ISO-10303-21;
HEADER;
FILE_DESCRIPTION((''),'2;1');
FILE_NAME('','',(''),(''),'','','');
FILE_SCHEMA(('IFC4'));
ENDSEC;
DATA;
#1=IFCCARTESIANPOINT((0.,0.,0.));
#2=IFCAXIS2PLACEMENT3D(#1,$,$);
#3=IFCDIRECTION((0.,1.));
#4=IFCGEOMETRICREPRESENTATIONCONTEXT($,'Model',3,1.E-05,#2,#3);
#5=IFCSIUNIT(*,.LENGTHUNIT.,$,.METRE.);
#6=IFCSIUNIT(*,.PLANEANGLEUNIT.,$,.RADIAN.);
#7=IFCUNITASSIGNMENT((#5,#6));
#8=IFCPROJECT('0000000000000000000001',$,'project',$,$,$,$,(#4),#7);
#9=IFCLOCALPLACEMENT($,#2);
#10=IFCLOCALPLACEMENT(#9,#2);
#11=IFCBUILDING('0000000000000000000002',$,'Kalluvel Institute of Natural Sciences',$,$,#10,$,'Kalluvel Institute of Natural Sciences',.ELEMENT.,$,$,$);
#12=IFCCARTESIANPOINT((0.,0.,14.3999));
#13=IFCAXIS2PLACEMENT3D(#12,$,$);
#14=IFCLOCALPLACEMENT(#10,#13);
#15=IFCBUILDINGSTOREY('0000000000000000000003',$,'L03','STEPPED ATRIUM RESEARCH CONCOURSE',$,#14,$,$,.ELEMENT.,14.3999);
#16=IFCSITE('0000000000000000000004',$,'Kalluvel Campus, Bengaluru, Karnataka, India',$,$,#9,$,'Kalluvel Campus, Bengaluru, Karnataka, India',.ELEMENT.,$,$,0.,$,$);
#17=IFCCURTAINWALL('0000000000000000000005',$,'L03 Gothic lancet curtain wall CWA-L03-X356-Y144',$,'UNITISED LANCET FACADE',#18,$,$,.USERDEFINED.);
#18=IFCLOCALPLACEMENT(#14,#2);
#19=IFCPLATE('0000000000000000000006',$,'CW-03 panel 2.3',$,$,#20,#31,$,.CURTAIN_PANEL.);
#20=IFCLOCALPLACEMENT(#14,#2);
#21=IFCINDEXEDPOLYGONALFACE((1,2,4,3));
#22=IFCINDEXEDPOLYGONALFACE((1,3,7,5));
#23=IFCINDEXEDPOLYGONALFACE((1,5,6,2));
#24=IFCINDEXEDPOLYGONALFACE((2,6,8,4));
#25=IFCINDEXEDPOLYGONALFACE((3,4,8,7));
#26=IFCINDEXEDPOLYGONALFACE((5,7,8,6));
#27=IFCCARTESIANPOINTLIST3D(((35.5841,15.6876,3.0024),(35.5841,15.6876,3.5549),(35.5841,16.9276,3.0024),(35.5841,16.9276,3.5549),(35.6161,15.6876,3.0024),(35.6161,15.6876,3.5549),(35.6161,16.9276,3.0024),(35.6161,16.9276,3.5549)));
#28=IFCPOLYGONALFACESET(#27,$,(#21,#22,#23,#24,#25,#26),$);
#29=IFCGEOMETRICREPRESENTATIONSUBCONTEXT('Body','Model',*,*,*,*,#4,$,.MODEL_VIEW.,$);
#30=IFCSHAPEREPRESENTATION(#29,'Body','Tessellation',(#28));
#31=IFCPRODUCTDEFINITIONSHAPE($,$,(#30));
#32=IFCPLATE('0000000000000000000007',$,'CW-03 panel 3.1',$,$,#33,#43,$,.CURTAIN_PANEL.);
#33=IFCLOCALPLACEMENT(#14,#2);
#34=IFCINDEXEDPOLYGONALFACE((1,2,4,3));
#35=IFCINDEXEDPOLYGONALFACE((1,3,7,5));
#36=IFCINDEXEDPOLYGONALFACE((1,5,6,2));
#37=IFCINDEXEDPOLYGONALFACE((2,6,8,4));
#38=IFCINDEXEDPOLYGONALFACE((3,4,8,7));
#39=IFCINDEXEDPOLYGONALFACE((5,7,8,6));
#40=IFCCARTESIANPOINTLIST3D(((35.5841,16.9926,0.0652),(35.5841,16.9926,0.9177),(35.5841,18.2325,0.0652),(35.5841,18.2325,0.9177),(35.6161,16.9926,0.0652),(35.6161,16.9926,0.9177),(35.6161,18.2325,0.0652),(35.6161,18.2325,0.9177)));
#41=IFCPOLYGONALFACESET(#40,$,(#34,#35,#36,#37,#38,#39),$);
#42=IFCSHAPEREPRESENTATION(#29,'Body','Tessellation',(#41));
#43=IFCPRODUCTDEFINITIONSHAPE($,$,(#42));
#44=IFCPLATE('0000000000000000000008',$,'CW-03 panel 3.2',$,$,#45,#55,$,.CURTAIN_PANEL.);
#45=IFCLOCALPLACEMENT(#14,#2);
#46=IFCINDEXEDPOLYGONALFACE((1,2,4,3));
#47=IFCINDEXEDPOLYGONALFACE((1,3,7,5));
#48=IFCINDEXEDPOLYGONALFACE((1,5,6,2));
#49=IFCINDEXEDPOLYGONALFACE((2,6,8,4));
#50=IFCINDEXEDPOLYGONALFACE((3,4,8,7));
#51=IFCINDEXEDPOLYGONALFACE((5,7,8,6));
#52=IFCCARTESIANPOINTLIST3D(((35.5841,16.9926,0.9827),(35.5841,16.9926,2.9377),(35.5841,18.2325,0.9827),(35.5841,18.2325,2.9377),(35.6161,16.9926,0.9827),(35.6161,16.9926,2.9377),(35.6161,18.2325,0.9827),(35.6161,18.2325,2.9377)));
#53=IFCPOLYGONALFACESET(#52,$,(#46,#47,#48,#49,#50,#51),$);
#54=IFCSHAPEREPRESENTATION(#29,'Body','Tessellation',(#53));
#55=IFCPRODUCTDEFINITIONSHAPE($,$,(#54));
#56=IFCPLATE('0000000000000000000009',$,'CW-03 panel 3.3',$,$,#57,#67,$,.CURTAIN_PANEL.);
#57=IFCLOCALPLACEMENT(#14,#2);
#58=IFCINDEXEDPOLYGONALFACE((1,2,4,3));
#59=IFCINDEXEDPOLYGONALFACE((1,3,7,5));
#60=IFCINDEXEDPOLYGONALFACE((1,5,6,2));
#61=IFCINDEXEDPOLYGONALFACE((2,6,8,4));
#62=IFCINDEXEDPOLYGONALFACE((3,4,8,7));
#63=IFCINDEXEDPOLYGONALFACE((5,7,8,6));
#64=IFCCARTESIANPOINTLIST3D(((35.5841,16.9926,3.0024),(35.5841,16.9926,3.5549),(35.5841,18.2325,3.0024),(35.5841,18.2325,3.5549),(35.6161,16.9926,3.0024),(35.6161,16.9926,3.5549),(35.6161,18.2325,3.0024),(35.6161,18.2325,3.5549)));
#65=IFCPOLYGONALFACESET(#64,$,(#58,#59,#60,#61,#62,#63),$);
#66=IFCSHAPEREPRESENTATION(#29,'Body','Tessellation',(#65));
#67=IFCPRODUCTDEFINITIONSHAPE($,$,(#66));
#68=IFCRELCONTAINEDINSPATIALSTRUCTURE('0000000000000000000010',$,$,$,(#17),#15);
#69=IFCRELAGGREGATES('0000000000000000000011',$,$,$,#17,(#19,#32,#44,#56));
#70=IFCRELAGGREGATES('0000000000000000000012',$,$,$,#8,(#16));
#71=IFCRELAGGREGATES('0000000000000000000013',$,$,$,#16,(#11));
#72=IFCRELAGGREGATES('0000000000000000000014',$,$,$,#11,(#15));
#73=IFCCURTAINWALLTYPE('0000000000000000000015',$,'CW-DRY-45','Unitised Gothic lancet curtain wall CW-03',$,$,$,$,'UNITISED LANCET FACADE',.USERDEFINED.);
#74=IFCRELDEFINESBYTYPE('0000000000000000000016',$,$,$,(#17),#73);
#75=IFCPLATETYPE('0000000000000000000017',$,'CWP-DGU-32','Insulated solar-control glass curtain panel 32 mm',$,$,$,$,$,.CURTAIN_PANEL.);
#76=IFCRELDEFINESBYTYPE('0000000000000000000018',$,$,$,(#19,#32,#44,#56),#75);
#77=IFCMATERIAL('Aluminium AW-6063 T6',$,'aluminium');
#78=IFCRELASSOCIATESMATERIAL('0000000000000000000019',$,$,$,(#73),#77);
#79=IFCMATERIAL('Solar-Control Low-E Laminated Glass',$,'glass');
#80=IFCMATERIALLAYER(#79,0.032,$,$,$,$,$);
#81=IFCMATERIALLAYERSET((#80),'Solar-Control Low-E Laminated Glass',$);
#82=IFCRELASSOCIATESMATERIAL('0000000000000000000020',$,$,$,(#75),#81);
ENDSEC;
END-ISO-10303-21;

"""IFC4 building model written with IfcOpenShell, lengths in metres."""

from ifc_helpers import new_model, si_unit, direction, frame, origin, origin_2d, place, context, subcontext, project, spatial, rectangle, extrude, material, layer, layer_set, type_object, element, aggregate, save


model = new_model("IFC4")

# Units and contexts
model_context = context("Model", 3, precision=1e-05, world=origin(), true_north=direction((0.0, 1.0)))
body_context = subcontext(model_context, "Body", "Model", "MODEL_VIEW")
ifc_project = project(units=[si_unit("LENGTHUNIT", "METRE"), si_unit("PLANEANGLEUNIT", "RADIAN")], contexts=[model_context])

# Site, building, storey
site_placement = place(None, origin())
site = spatial("IfcSite", under=ifc_project, at=site_placement, Name="Kalluvel Campus, Bengaluru, Karnataka, India", LongName="Kalluvel Campus, Bengaluru, Karnataka, India", CompositionType="ELEMENT", RefElevation=0.0)
building_placement = place(site_placement, origin())
building = spatial("IfcBuilding", under=site, at=building_placement, Name="Kalluvel Institute of Natural Sciences", LongName="Kalluvel Institute of Natural Sciences", CompositionType="ELEMENT")
storey_placement = place(building_placement, frame((0.0, 0.0, 14.3999)))
storey = spatial("IfcBuildingStorey", under=building, at=storey_placement, Name="L03", Description="STEPPED ATRIUM RESEARCH CONCOURSE", CompositionType="ELEMENT", Elevation=14.3999)

# Curtain wall, plates
ifc_material_1 = material(Name="Aluminium AW-6063 T6", Category="aluminium")
curtain_wall_type = type_object("IfcCurtainWallType", Name="CW-DRY-45", Description="Unitised Gothic lancet curtain wall CW-03", ElementType="UNITISED LANCET FACADE", PredefinedType="USERDEFINED", material=ifc_material_1)
curtain_wall_placement = place(storey_placement, origin())
curtain_wall = element("IfcCurtainWall", 1, at=curtain_wall_placement, inside=storey, type_object=curtain_wall_type, Name="L03 Gothic lancet curtain wall CWA-L03-X356-Y144", ObjectType="UNITISED LANCET FACADE", PredefinedType="USERDEFINED")
ifc_material_2 = material(Name="Solar-Control Low-E Laminated Glass", Category="glass")
ifc_layer = layer(ifc_material_2, 0.032)
ifc_layer_set = layer_set([ifc_layer], Name="Solar-Control Low-E Laminated Glass")
plate_type = type_object("IfcPlateType", Name="CWP-DGU-32", Description="Insulated solar-control glass curtain panel 32 mm", PredefinedType="CURTAIN_PANEL", material=ifc_layer_set)
plate_1_placement = place(storey_placement, frame((35.6001, 16.3076, 3.0024), z_axis=(0.0, 0.0, 1.0), x_axis=(0.0, 1.0, 0.0)))
plate_1 = element("IfcPlate", 2, at=plate_1_placement, type_object=plate_type, Name="CW-03 panel 2.3", PredefinedType="CURTAIN_PANEL", context=body_context, shape_type="SweptSolid", body=[
    extrude(rectangle(XDim=1.24, YDim=0.032, at=origin_2d()), origin(), (0.0, 0.0, 1.0), 0.5525),
])
plate_2_placement = place(storey_placement, frame((35.6001, 17.6125, 0.0652), z_axis=(0.0, 0.0, 1.0), x_axis=(0.0, 1.0, 0.0)))
plate_2 = element("IfcPlate", 3, at=plate_2_placement, type_object=plate_type, Name="CW-03 panel 3.1", PredefinedType="CURTAIN_PANEL", context=body_context, shape_type="SweptSolid", body=[
    extrude(rectangle(XDim=1.24, YDim=0.032, at=origin_2d()), origin(), (0.0, 0.0, 1.0), 0.8525),
])
plate_3_placement = place(storey_placement, frame((35.6001, 17.6125, 0.9827), z_axis=(0.0, 0.0, 1.0), x_axis=(0.0, 1.0, 0.0)))
plate_3 = element("IfcPlate", 4, at=plate_3_placement, type_object=plate_type, Name="CW-03 panel 3.2", PredefinedType="CURTAIN_PANEL", context=body_context, shape_type="SweptSolid", body=[
    extrude(rectangle(XDim=1.24, YDim=0.032, at=origin_2d()), origin(), (0.0, 0.0, 1.0), 1.9551),
])
plate_4_placement = place(storey_placement, frame((35.6001, 17.6125, 3.0024), z_axis=(0.0, 0.0, 1.0), x_axis=(0.0, 1.0, 0.0)))
plate_4 = element("IfcPlate", 5, at=plate_4_placement, type_object=plate_type, Name="CW-03 panel 3.3", PredefinedType="CURTAIN_PANEL", context=body_context, shape_type="SweptSolid", body=[
    extrude(rectangle(XDim=1.24, YDim=0.032, at=origin_2d()), origin(), (0.0, 0.0, 1.0), 0.5525),
])
aggregate(curtain_wall, [plate_1, plate_2, plate_3, plate_4])

save(model, "model.ifc")
